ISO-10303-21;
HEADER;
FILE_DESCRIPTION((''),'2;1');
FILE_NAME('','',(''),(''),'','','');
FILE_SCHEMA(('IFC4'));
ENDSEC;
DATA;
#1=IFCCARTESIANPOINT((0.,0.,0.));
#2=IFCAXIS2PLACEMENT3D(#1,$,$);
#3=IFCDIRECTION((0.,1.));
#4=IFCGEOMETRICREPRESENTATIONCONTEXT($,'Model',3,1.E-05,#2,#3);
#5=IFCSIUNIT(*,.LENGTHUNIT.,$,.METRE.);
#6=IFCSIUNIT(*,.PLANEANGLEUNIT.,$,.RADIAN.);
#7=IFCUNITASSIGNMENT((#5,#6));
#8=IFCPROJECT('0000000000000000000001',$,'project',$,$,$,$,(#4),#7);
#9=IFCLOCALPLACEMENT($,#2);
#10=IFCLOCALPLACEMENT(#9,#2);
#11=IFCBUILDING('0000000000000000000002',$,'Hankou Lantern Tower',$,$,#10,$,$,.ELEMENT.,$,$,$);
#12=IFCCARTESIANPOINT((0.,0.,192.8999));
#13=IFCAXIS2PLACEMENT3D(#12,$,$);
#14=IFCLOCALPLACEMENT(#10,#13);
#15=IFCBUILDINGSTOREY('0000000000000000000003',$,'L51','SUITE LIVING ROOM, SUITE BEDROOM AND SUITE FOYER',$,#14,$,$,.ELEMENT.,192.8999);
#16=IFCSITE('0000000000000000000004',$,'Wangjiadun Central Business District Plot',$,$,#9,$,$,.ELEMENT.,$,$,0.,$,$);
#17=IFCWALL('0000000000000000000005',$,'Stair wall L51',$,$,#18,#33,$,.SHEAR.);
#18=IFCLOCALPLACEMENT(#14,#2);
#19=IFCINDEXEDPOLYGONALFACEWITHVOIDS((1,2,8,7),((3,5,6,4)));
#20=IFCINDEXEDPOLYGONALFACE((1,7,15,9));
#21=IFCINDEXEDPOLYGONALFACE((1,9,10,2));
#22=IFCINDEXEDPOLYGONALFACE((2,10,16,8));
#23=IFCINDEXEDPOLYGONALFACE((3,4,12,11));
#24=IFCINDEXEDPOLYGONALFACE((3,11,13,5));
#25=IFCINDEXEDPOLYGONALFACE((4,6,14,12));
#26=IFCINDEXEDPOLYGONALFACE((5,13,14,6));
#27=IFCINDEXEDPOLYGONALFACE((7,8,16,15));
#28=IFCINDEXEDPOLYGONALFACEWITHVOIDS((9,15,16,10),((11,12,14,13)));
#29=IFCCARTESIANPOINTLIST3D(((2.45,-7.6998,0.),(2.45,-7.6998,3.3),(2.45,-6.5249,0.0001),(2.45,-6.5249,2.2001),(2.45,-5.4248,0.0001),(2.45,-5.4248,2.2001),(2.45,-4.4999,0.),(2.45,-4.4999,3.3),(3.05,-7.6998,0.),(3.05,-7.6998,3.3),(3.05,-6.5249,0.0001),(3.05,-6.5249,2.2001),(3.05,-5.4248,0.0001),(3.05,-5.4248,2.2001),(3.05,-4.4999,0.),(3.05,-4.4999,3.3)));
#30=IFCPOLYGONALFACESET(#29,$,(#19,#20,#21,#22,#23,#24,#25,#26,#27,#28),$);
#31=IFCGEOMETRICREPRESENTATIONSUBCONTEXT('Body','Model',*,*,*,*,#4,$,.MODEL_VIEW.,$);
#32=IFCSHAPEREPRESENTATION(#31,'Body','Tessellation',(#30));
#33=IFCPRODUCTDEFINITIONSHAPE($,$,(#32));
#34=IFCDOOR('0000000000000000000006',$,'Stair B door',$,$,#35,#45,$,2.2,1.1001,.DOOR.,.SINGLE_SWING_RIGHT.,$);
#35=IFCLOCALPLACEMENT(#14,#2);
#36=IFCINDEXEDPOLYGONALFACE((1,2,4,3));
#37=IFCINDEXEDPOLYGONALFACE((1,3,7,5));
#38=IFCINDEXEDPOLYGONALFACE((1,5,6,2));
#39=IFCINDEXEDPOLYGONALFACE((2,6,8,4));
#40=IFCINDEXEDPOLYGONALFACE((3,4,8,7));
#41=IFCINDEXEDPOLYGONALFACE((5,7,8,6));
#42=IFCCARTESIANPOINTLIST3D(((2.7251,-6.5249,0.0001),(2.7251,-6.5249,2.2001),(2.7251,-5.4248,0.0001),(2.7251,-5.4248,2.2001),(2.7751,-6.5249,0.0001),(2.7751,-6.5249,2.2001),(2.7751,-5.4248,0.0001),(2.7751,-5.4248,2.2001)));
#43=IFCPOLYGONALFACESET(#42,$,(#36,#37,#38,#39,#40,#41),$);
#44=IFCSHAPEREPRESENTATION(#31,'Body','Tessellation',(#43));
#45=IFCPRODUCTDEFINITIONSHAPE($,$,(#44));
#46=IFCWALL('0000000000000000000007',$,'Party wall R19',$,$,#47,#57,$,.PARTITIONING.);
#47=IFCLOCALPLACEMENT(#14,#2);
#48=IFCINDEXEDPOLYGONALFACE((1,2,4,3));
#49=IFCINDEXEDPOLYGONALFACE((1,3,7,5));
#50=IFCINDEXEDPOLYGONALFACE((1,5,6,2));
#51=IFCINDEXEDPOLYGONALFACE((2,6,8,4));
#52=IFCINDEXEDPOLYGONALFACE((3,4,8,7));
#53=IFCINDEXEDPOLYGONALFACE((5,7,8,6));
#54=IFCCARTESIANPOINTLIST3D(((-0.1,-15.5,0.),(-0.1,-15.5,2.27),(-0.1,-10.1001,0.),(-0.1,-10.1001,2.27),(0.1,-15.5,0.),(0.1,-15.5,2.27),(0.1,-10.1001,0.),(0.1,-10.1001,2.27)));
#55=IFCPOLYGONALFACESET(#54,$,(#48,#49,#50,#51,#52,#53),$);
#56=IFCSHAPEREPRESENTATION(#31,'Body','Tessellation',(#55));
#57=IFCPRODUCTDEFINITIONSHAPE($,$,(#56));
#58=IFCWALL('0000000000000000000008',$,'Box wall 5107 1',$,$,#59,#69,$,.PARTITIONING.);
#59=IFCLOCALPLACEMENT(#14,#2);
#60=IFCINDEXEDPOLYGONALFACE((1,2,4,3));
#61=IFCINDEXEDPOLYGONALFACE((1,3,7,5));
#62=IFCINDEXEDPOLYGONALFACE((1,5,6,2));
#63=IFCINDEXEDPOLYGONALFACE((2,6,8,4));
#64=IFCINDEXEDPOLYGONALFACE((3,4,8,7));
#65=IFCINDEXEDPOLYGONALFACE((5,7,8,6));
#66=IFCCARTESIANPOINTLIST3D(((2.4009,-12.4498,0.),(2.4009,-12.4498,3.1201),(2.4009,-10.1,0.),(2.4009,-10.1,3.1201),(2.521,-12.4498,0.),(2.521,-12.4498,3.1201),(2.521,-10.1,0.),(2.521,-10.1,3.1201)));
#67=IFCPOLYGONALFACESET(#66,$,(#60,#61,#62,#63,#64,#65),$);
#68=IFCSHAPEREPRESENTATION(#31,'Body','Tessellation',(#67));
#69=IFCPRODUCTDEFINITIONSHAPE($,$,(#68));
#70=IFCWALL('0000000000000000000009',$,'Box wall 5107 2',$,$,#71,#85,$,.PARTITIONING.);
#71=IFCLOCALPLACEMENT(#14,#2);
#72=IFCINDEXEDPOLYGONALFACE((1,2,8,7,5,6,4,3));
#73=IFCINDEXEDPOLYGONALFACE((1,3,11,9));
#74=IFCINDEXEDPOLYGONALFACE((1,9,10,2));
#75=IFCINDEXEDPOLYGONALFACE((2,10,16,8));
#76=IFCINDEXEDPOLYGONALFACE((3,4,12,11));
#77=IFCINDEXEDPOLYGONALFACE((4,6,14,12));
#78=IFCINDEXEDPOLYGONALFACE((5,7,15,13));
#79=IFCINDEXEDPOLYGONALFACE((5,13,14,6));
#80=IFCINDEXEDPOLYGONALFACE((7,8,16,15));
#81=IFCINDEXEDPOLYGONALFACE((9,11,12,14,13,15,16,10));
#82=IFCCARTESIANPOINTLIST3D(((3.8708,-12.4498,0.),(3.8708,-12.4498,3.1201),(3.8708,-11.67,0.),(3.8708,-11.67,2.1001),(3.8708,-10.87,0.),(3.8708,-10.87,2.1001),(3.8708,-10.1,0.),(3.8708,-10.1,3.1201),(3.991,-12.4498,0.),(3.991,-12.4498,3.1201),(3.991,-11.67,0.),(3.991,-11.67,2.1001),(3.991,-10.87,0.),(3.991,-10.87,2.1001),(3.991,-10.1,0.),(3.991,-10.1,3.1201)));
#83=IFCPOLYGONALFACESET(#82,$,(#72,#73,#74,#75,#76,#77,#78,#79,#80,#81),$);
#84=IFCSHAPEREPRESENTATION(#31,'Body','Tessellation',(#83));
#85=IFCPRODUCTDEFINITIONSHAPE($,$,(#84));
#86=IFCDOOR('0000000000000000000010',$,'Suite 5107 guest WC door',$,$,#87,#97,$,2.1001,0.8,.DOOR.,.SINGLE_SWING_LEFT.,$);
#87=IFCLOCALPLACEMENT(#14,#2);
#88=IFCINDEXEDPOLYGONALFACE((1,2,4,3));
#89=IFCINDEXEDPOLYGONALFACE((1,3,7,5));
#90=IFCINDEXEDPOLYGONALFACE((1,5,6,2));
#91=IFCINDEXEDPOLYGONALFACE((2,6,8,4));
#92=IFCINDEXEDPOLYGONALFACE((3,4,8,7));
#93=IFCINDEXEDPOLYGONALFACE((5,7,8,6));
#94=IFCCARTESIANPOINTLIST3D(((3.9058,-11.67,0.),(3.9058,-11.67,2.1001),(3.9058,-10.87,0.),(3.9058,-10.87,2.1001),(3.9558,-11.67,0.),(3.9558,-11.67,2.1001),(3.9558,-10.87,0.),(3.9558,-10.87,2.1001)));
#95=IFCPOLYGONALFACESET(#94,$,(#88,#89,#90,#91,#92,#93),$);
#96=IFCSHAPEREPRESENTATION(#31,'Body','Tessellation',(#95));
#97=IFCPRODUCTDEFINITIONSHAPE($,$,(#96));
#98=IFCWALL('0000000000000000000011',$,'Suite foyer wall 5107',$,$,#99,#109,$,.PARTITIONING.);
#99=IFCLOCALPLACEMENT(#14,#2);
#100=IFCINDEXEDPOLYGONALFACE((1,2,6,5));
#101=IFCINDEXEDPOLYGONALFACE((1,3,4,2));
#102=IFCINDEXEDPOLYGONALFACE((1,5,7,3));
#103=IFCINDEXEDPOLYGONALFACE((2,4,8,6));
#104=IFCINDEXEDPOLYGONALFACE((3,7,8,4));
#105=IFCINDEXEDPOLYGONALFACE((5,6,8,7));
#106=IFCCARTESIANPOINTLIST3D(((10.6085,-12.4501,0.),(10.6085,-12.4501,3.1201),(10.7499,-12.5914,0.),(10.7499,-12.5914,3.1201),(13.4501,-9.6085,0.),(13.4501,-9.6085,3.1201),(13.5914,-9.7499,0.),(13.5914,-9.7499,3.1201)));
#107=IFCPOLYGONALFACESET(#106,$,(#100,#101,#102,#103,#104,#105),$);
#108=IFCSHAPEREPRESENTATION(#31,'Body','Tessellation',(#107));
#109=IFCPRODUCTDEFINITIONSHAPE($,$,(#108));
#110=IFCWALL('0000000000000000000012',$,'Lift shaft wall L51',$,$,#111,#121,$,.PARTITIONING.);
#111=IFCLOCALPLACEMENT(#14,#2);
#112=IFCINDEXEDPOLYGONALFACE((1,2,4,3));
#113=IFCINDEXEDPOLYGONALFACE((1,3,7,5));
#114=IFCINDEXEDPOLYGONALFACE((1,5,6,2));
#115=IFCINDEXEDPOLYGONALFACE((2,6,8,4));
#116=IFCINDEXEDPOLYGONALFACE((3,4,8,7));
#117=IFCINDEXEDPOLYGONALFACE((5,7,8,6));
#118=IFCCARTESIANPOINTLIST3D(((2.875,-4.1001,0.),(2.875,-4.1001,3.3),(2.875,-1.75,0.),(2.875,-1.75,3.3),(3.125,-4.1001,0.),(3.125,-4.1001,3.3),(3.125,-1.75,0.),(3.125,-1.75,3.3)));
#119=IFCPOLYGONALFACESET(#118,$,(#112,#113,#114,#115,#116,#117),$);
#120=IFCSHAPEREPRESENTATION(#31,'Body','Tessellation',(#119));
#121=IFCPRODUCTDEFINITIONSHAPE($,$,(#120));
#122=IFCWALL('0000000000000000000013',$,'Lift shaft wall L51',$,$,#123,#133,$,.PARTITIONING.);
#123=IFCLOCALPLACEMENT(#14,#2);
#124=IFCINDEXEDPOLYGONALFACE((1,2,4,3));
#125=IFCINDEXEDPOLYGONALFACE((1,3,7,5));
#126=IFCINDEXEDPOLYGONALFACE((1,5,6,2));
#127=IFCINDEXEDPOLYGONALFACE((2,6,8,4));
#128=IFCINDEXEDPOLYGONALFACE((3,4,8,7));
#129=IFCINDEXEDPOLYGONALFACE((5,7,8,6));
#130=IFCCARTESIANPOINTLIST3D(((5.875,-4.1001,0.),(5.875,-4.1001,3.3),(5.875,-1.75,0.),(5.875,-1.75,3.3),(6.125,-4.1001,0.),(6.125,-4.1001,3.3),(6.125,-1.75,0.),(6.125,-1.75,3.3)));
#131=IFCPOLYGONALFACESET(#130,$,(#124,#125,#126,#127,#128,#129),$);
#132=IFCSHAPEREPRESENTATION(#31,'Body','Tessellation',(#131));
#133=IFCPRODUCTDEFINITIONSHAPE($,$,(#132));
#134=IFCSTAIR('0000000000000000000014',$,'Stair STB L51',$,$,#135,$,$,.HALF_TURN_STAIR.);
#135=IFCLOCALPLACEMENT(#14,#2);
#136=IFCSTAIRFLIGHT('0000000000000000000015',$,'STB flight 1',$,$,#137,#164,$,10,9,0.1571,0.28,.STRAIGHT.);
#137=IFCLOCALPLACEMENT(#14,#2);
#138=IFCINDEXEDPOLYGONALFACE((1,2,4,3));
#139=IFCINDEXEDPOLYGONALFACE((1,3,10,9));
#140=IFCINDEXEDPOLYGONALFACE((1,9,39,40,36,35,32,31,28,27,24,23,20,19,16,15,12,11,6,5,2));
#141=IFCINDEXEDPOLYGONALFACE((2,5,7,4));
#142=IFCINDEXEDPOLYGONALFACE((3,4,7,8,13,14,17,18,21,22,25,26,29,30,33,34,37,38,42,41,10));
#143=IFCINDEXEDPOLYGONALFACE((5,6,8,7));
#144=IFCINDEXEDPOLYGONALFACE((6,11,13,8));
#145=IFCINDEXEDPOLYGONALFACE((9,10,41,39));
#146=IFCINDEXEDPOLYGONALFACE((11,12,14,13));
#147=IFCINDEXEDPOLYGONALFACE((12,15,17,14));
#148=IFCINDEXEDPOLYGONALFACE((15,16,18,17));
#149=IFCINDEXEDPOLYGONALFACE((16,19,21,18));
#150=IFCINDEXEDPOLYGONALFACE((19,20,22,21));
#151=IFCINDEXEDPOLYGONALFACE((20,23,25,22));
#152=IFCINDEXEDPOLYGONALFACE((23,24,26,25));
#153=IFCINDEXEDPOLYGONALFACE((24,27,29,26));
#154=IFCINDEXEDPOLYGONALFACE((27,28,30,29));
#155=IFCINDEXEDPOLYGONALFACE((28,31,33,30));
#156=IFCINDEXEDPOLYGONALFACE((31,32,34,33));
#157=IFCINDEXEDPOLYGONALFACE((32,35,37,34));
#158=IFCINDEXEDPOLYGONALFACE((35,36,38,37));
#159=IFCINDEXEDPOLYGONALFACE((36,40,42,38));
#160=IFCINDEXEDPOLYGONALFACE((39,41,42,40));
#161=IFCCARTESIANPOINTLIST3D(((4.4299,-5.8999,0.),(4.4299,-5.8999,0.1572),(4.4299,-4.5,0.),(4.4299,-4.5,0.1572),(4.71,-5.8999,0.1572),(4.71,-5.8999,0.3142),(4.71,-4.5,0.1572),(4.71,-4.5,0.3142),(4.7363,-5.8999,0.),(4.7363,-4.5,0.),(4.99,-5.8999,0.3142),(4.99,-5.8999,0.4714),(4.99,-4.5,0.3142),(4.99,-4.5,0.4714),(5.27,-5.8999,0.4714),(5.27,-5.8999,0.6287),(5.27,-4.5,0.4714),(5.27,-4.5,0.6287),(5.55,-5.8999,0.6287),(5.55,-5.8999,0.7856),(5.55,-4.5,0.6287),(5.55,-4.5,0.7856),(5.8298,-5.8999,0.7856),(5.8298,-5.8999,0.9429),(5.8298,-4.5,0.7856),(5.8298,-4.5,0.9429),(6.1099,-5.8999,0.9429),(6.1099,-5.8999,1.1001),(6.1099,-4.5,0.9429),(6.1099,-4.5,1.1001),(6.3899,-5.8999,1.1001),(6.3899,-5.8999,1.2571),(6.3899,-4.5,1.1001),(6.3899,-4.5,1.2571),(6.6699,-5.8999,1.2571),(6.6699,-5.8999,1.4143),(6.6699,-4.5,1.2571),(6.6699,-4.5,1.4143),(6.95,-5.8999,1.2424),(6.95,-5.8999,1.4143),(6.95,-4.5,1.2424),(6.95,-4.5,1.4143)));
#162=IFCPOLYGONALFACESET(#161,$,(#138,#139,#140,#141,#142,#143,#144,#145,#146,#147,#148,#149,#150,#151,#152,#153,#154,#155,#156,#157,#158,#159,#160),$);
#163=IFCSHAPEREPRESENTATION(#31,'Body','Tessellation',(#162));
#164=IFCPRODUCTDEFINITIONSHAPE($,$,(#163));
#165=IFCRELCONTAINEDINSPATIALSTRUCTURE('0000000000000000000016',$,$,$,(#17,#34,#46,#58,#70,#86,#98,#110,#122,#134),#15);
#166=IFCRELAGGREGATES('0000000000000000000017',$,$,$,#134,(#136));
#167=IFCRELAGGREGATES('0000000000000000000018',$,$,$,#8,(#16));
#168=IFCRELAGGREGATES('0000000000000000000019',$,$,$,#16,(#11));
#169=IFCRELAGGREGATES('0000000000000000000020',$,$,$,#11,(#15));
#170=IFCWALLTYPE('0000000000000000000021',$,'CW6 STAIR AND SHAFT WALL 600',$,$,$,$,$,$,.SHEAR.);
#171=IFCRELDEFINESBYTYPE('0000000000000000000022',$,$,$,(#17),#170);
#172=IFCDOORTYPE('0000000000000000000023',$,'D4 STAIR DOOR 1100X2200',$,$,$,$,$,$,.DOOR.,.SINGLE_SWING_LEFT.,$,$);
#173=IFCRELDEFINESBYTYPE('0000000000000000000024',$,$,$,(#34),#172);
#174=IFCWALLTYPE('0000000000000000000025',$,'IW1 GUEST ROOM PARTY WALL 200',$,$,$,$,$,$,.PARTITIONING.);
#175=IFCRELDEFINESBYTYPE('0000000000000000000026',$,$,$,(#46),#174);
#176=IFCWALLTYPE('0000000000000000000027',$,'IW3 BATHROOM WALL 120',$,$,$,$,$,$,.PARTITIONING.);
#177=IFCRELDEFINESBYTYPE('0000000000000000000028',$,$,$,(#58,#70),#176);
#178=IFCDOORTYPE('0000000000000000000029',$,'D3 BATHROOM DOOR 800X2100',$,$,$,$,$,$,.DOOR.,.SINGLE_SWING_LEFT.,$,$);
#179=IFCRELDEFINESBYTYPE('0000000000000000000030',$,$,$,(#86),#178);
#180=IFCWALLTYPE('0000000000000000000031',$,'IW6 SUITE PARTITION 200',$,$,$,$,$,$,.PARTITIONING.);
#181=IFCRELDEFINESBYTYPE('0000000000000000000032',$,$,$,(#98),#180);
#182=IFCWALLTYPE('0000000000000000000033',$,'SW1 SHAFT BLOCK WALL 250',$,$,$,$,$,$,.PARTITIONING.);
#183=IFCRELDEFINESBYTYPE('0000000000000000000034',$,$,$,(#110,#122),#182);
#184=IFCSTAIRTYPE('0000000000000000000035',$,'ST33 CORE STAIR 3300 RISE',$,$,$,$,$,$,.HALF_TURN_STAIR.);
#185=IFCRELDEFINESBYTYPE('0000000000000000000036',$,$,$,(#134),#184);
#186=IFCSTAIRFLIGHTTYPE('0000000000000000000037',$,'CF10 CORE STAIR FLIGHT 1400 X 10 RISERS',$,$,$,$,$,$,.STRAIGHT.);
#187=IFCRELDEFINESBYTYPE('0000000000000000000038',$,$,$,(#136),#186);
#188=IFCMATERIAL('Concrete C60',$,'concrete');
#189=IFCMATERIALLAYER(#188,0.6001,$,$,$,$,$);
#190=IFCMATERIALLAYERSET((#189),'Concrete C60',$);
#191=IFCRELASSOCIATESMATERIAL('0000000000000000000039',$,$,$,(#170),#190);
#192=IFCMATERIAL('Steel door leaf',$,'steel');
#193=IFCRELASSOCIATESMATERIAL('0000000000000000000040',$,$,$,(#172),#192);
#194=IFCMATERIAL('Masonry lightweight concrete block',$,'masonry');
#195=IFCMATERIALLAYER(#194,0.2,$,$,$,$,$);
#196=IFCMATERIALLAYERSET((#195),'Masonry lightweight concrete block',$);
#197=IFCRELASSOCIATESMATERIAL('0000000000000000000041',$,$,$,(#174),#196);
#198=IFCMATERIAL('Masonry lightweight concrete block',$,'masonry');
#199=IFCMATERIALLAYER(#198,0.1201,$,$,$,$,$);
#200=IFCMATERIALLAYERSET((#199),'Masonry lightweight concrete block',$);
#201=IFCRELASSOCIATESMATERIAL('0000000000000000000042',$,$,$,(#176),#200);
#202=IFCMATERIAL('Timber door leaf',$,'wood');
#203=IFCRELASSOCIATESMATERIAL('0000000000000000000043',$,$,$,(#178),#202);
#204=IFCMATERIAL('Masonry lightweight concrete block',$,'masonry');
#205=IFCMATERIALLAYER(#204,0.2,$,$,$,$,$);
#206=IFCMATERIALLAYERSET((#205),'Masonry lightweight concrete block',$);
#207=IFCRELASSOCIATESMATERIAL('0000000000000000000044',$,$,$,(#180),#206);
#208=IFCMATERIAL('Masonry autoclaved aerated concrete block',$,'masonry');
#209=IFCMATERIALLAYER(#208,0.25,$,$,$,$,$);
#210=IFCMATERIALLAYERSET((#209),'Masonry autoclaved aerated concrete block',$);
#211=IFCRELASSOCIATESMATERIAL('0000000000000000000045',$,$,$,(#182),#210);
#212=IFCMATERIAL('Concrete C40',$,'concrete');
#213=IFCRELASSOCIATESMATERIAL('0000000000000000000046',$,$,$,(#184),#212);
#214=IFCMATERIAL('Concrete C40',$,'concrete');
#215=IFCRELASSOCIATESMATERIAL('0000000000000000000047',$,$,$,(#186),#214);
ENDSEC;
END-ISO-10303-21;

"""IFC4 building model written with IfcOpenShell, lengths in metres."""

from ifc_helpers import new_model, si_unit, direction, frame, frame_2d, origin, place, context, subcontext, project, spatial, polyline, rectangle, outline, extrude, material, layer, layer_set, type_object, element, fill, aggregate, save


model = new_model("IFC4")

# Units and contexts
model_context = context("Model", 3, precision=1e-05, world=origin(), true_north=direction((0.0, 1.0)))
body_context = subcontext(model_context, "Body", "Model", "MODEL_VIEW")
ifc_project = project(units=[si_unit("LENGTHUNIT", "METRE"), si_unit("PLANEANGLEUNIT", "RADIAN")], contexts=[model_context])

# Site, building, storey
site_placement = place(None, origin())
site = spatial("IfcSite", under=ifc_project, at=site_placement, Name="Wangjiadun Central Business District Plot", CompositionType="ELEMENT", RefElevation=0.0)
building_placement = place(site_placement, origin())
building = spatial("IfcBuilding", under=site, at=building_placement, Name="Hankou Lantern Tower", CompositionType="ELEMENT")
storey_placement = place(building_placement, frame((0.0, 0.0, 192.8999)))
storey = spatial("IfcBuildingStorey", under=building, at=storey_placement, Name="L51", Description="SUITE LIVING ROOM, SUITE BEDROOM AND SUITE FOYER", CompositionType="ELEMENT", Elevation=192.8999)

# Wall, opening, door
ifc_material_1 = material(Name="Concrete C60", Category="concrete")
ifc_layer_1 = layer(ifc_material_1, 0.6001)
ifc_layer_set_1 = layer_set([ifc_layer_1], Name="Concrete C60")
wall_type_1 = type_object("IfcWallType", Name="CW6 STAIR AND SHAFT WALL 600", PredefinedType="SHEAR", material=ifc_layer_set_1)
wall_1_placement = place(storey_placement, frame((2.75, -7.7, 0.0), z_axis=(0.0, 0.0, 1.0), x_axis=(0.0, 1.0, 0.0)))
wall_1 = element("IfcWall", 1, at=wall_1_placement, inside=storey, type_object=wall_type_1, Name="Stair wall L51", PredefinedType="SHEAR", context=body_context, shape_type="SweptSolid", body=[
    extrude(rectangle(XDim=3.2, YDim=0.6001, at=frame_2d((1.6001, 0.0))), origin(), (0.0, 0.0, 1.0), 3.3),
])
opening_1_placement = place(wall_1_placement, frame((1.175, 0.0, 0.0)))
opening_1 = element("IfcOpeningElement", 2, at=opening_1_placement, cuts=wall_1, PredefinedType="OPENING", context=body_context, shape_type="SweptSolid", body=[
    extrude(rectangle(XDim=1.1001, YDim=2.2, at=frame_2d((0.55, 1.1001))), frame((0.0, 0.3101, 0.0), z_axis=(0.0, -1.0, 0.0), x_axis=(1.0, 0.0, 0.0)), (0.0, 0.0, 1.0), 0.6201),
])
ifc_material_2 = material(Name="Steel door leaf", Category="steel")
door_type_1 = type_object("IfcDoorType", Name="D4 STAIR DOOR 1100X2200", OperationType="SINGLE_SWING_LEFT", PredefinedType="DOOR", material=ifc_material_2)
door_1_placement = place(opening_1_placement, origin())
door_1 = element("IfcDoor", 3, at=door_1_placement, inside=storey, type_object=door_type_1, Name="Stair B door", OperationType="SINGLE_SWING_RIGHT", OverallHeight=2.2, OverallWidth=1.1001, PredefinedType="DOOR", context=body_context, shape_type="SweptSolid", body=[
    extrude(rectangle(XDim=1.1001, YDim=2.2, at=frame_2d((0.55, 1.1001))), frame((0.0, 0.0249, 0.0), z_axis=(0.0, -1.0, 0.0), x_axis=(1.0, 0.0, 0.0)), (0.0, 0.0, 1.0), 0.05),
])
fill(opening_1, door_1)

# Walls
ifc_material_3 = material(Name="Masonry lightweight concrete block", Category="masonry")
ifc_layer_2 = layer(ifc_material_3, 0.2)
ifc_layer_set_2 = layer_set([ifc_layer_2], Name="Masonry lightweight concrete block")
wall_type_2 = type_object("IfcWallType", Name="IW1 GUEST ROOM PARTY WALL 200", PredefinedType="PARTITIONING", material=ifc_layer_set_2)
wall_2_placement = place(storey_placement, frame((0.0, -10.1001, 0.0), z_axis=(0.0, 0.0, 1.0), x_axis=(0.0, -1.0, 0.0)))
element("IfcWall", 4, at=wall_2_placement, inside=storey, type_object=wall_type_2, Name="Party wall R19", PredefinedType="PARTITIONING", context=body_context, shape_type="SweptSolid", body=[
    extrude(rectangle(XDim=5.3999, YDim=0.2, at=frame_2d((2.7, 0.0))), origin(), (0.0, 0.0, 1.0), 2.27),
])
ifc_material_4 = material(Name="Masonry lightweight concrete block", Category="masonry")
ifc_layer_3 = layer(ifc_material_4, 0.1201)
ifc_layer_set_3 = layer_set([ifc_layer_3], Name="Masonry lightweight concrete block")
wall_type_3 = type_object("IfcWallType", Name="IW3 BATHROOM WALL 120", PredefinedType="PARTITIONING", material=ifc_layer_set_3)
wall_3_placement = place(storey_placement, frame((2.4609, -10.1001, 0.0), z_axis=(0.0, 0.0, 1.0), x_axis=(0.0, -1.0, 0.0)))
element("IfcWall", 5, at=wall_3_placement, inside=storey, type_object=wall_type_3, Name="Box wall 5107 1", PredefinedType="PARTITIONING", context=body_context, shape_type="SweptSolid", body=[
    extrude(rectangle(XDim=2.3499, YDim=0.1201, at=frame_2d((1.1748, 0.0))), origin(), (0.0, 0.0, 1.0), 3.1201),
])

# Wall, opening, door
wall_4_placement = place(storey_placement, frame((3.9309, -10.1001, 0.0), z_axis=(0.0, 0.0, 1.0), x_axis=(0.0, -1.0, 0.0)))
wall_4 = element("IfcWall", 6, at=wall_4_placement, inside=storey, type_object=wall_type_3, Name="Box wall 5107 2", PredefinedType="PARTITIONING", context=body_context, shape_type="SweptSolid", body=[
    extrude(rectangle(XDim=2.3499, YDim=0.1201, at=frame_2d((1.1748, 0.0))), origin(), (0.0, 0.0, 1.0), 3.1201),
])
opening_2_placement = place(wall_4_placement, frame((0.77, 0.0, 0.0)))
opening_2 = element("IfcOpeningElement", 7, at=opening_2_placement, cuts=wall_4, PredefinedType="OPENING", context=body_context, shape_type="SweptSolid", body=[
    extrude(rectangle(XDim=0.8, YDim=2.1001, at=frame_2d((0.3999, 1.05))), frame((0.0, 0.0701, 0.0), z_axis=(0.0, -1.0, 0.0), x_axis=(1.0, 0.0, 0.0)), (0.0, 0.0, 1.0), 0.1401),
])
ifc_material_5 = material(Name="Timber door leaf", Category="wood")
door_type_2 = type_object("IfcDoorType", Name="D3 BATHROOM DOOR 800X2100", OperationType="SINGLE_SWING_LEFT", PredefinedType="DOOR", material=ifc_material_5)
door_2_placement = place(opening_2_placement, origin())
door_2 = element("IfcDoor", 8, at=door_2_placement, inside=storey, type_object=door_type_2, Name="Suite 5107 guest WC door", OperationType="SINGLE_SWING_LEFT", OverallHeight=2.1001, OverallWidth=0.8, PredefinedType="DOOR", context=body_context, shape_type="SweptSolid", body=[
    extrude(rectangle(XDim=0.8, YDim=2.1001, at=frame_2d((0.3999, 1.05))), frame((0.0, 0.0249, 0.0), z_axis=(0.0, -1.0, 0.0), x_axis=(1.0, 0.0, 0.0)), (0.0, 0.0, 1.0), 0.05),
])
fill(opening_2, door_2)

# Walls
ifc_material_6 = material(Name="Masonry lightweight concrete block", Category="masonry")
ifc_layer_4 = layer(ifc_material_6, 0.2)
ifc_layer_set_4 = layer_set([ifc_layer_4], Name="Masonry lightweight concrete block")
wall_type_4 = type_object("IfcWallType", Name="IW6 SUITE PARTITION 200", PredefinedType="PARTITIONING", material=ifc_layer_set_4)
wall_5_placement = place(storey_placement, frame((10.6792, -12.5208, 0.0), z_axis=(0.0, 0.0, 1.0), x_axis=(0.707107, 0.707107, 0.0)))
element("IfcWall", 9, at=wall_5_placement, inside=storey, type_object=wall_type_4, Name="Suite foyer wall 5107", PredefinedType="PARTITIONING", context=body_context, shape_type="SweptSolid", body=[
    extrude(rectangle(XDim=4.0186, YDim=0.2, at=frame_2d((2.0093, 0.0))), origin(), (0.0, 0.0, 1.0), 3.1201),
])
ifc_material_7 = material(Name="Masonry autoclaved aerated concrete block", Category="masonry")
ifc_layer_5 = layer(ifc_material_7, 0.25)
ifc_layer_set_5 = layer_set([ifc_layer_5], Name="Masonry autoclaved aerated concrete block")
wall_type_5 = type_object("IfcWallType", Name="SW1 SHAFT BLOCK WALL 250", PredefinedType="PARTITIONING", material=ifc_layer_set_5)
for number, where, z_axis, x_axis, name in (
    (10, (3.0, -4.1001, 0.0), (0.0, 0.0, 1.0), (0.0, 1.0, 0.0), "Lift shaft wall L51"),
    (11, (6.0, -4.1001, 0.0), (0.0, 0.0, 1.0), (0.0, 1.0, 0.0), "Lift shaft wall L51"),
):
    element("IfcWall", number, at=place(storey_placement, frame(where, z_axis=z_axis, x_axis=x_axis)), inside=storey, type_object=wall_type_5, Name=name, PredefinedType="PARTITIONING", context=body_context, shape_type="SweptSolid", body=[
        extrude(rectangle(XDim=2.3501, YDim=0.25, at=frame_2d((1.175, 0.0))), origin(), (0.0, 0.0, 1.0), 3.3),
    ])

# Stair, stair flight
ifc_material_8 = material(Name="Concrete C40", Category="concrete")
stair_type = type_object("IfcStairType", Name="ST33 CORE STAIR 3300 RISE", PredefinedType="HALF_TURN_STAIR", material=ifc_material_8)
stair_placement = place(storey_placement, origin())
stair = element("IfcStair", 12, at=stair_placement, inside=storey, type_object=stair_type, Name="Stair STB L51", PredefinedType="HALF_TURN_STAIR")
ifc_material_9 = material(Name="Concrete C40", Category="concrete")
stair_flight_type_1 = type_object("IfcStairFlightType", Name="CF10 CORE STAIR FLIGHT 1400 X 10 RISERS", PredefinedType="STRAIGHT", material=ifc_material_9)
stair_flight_1_placement = place(storey_placement, frame((4.4299, -5.2, 0.0), z_axis=(0.0, 0.0, 1.0), x_axis=(1.0, 0.0, 0.0)))
stair_flight_1 = element("IfcStairFlight", 13, at=stair_flight_1_placement, type_object=stair_flight_type_1, Name="STB flight 1", NumberOfRisers=10, NumberOfTreads=9, PredefinedType="STRAIGHT", RiserHeight=0.1571, TreadLength=0.28, context=body_context, shape_type="SweptSolid", body=[
    extrude(outline(polyline([(0.0, 0.0), (0.0, 0.1572), (0.28, 0.1572), (0.28, 0.3142), (0.5601, 0.3142), (0.5601, 0.4714), (0.8401, 0.4714), (0.8401, 0.6287), (1.1201, 0.6287), (1.1201, 0.7856), (1.3999, 0.7856), (1.3999, 0.9429), (1.6799, 0.9429), (1.6799, 1.1001), (1.96, 1.1001), (1.96, 1.2571), (2.24, 1.2571), (2.24, 1.4143), (2.52, 1.4143), (2.52, 1.5715), (2.52, 1.2424), (0.3064, 0.0), (0.0, 0.0)])), frame((0.0, 0.7, 0.0), z_axis=(0.0, -1.0, 0.0), x_axis=(1.0, 0.0, 0.0)), (0.0, 0.0, 1.0), 1.3999),
])
aggregate(stair, [stair_flight_1])

save(model, "model.ifc")
